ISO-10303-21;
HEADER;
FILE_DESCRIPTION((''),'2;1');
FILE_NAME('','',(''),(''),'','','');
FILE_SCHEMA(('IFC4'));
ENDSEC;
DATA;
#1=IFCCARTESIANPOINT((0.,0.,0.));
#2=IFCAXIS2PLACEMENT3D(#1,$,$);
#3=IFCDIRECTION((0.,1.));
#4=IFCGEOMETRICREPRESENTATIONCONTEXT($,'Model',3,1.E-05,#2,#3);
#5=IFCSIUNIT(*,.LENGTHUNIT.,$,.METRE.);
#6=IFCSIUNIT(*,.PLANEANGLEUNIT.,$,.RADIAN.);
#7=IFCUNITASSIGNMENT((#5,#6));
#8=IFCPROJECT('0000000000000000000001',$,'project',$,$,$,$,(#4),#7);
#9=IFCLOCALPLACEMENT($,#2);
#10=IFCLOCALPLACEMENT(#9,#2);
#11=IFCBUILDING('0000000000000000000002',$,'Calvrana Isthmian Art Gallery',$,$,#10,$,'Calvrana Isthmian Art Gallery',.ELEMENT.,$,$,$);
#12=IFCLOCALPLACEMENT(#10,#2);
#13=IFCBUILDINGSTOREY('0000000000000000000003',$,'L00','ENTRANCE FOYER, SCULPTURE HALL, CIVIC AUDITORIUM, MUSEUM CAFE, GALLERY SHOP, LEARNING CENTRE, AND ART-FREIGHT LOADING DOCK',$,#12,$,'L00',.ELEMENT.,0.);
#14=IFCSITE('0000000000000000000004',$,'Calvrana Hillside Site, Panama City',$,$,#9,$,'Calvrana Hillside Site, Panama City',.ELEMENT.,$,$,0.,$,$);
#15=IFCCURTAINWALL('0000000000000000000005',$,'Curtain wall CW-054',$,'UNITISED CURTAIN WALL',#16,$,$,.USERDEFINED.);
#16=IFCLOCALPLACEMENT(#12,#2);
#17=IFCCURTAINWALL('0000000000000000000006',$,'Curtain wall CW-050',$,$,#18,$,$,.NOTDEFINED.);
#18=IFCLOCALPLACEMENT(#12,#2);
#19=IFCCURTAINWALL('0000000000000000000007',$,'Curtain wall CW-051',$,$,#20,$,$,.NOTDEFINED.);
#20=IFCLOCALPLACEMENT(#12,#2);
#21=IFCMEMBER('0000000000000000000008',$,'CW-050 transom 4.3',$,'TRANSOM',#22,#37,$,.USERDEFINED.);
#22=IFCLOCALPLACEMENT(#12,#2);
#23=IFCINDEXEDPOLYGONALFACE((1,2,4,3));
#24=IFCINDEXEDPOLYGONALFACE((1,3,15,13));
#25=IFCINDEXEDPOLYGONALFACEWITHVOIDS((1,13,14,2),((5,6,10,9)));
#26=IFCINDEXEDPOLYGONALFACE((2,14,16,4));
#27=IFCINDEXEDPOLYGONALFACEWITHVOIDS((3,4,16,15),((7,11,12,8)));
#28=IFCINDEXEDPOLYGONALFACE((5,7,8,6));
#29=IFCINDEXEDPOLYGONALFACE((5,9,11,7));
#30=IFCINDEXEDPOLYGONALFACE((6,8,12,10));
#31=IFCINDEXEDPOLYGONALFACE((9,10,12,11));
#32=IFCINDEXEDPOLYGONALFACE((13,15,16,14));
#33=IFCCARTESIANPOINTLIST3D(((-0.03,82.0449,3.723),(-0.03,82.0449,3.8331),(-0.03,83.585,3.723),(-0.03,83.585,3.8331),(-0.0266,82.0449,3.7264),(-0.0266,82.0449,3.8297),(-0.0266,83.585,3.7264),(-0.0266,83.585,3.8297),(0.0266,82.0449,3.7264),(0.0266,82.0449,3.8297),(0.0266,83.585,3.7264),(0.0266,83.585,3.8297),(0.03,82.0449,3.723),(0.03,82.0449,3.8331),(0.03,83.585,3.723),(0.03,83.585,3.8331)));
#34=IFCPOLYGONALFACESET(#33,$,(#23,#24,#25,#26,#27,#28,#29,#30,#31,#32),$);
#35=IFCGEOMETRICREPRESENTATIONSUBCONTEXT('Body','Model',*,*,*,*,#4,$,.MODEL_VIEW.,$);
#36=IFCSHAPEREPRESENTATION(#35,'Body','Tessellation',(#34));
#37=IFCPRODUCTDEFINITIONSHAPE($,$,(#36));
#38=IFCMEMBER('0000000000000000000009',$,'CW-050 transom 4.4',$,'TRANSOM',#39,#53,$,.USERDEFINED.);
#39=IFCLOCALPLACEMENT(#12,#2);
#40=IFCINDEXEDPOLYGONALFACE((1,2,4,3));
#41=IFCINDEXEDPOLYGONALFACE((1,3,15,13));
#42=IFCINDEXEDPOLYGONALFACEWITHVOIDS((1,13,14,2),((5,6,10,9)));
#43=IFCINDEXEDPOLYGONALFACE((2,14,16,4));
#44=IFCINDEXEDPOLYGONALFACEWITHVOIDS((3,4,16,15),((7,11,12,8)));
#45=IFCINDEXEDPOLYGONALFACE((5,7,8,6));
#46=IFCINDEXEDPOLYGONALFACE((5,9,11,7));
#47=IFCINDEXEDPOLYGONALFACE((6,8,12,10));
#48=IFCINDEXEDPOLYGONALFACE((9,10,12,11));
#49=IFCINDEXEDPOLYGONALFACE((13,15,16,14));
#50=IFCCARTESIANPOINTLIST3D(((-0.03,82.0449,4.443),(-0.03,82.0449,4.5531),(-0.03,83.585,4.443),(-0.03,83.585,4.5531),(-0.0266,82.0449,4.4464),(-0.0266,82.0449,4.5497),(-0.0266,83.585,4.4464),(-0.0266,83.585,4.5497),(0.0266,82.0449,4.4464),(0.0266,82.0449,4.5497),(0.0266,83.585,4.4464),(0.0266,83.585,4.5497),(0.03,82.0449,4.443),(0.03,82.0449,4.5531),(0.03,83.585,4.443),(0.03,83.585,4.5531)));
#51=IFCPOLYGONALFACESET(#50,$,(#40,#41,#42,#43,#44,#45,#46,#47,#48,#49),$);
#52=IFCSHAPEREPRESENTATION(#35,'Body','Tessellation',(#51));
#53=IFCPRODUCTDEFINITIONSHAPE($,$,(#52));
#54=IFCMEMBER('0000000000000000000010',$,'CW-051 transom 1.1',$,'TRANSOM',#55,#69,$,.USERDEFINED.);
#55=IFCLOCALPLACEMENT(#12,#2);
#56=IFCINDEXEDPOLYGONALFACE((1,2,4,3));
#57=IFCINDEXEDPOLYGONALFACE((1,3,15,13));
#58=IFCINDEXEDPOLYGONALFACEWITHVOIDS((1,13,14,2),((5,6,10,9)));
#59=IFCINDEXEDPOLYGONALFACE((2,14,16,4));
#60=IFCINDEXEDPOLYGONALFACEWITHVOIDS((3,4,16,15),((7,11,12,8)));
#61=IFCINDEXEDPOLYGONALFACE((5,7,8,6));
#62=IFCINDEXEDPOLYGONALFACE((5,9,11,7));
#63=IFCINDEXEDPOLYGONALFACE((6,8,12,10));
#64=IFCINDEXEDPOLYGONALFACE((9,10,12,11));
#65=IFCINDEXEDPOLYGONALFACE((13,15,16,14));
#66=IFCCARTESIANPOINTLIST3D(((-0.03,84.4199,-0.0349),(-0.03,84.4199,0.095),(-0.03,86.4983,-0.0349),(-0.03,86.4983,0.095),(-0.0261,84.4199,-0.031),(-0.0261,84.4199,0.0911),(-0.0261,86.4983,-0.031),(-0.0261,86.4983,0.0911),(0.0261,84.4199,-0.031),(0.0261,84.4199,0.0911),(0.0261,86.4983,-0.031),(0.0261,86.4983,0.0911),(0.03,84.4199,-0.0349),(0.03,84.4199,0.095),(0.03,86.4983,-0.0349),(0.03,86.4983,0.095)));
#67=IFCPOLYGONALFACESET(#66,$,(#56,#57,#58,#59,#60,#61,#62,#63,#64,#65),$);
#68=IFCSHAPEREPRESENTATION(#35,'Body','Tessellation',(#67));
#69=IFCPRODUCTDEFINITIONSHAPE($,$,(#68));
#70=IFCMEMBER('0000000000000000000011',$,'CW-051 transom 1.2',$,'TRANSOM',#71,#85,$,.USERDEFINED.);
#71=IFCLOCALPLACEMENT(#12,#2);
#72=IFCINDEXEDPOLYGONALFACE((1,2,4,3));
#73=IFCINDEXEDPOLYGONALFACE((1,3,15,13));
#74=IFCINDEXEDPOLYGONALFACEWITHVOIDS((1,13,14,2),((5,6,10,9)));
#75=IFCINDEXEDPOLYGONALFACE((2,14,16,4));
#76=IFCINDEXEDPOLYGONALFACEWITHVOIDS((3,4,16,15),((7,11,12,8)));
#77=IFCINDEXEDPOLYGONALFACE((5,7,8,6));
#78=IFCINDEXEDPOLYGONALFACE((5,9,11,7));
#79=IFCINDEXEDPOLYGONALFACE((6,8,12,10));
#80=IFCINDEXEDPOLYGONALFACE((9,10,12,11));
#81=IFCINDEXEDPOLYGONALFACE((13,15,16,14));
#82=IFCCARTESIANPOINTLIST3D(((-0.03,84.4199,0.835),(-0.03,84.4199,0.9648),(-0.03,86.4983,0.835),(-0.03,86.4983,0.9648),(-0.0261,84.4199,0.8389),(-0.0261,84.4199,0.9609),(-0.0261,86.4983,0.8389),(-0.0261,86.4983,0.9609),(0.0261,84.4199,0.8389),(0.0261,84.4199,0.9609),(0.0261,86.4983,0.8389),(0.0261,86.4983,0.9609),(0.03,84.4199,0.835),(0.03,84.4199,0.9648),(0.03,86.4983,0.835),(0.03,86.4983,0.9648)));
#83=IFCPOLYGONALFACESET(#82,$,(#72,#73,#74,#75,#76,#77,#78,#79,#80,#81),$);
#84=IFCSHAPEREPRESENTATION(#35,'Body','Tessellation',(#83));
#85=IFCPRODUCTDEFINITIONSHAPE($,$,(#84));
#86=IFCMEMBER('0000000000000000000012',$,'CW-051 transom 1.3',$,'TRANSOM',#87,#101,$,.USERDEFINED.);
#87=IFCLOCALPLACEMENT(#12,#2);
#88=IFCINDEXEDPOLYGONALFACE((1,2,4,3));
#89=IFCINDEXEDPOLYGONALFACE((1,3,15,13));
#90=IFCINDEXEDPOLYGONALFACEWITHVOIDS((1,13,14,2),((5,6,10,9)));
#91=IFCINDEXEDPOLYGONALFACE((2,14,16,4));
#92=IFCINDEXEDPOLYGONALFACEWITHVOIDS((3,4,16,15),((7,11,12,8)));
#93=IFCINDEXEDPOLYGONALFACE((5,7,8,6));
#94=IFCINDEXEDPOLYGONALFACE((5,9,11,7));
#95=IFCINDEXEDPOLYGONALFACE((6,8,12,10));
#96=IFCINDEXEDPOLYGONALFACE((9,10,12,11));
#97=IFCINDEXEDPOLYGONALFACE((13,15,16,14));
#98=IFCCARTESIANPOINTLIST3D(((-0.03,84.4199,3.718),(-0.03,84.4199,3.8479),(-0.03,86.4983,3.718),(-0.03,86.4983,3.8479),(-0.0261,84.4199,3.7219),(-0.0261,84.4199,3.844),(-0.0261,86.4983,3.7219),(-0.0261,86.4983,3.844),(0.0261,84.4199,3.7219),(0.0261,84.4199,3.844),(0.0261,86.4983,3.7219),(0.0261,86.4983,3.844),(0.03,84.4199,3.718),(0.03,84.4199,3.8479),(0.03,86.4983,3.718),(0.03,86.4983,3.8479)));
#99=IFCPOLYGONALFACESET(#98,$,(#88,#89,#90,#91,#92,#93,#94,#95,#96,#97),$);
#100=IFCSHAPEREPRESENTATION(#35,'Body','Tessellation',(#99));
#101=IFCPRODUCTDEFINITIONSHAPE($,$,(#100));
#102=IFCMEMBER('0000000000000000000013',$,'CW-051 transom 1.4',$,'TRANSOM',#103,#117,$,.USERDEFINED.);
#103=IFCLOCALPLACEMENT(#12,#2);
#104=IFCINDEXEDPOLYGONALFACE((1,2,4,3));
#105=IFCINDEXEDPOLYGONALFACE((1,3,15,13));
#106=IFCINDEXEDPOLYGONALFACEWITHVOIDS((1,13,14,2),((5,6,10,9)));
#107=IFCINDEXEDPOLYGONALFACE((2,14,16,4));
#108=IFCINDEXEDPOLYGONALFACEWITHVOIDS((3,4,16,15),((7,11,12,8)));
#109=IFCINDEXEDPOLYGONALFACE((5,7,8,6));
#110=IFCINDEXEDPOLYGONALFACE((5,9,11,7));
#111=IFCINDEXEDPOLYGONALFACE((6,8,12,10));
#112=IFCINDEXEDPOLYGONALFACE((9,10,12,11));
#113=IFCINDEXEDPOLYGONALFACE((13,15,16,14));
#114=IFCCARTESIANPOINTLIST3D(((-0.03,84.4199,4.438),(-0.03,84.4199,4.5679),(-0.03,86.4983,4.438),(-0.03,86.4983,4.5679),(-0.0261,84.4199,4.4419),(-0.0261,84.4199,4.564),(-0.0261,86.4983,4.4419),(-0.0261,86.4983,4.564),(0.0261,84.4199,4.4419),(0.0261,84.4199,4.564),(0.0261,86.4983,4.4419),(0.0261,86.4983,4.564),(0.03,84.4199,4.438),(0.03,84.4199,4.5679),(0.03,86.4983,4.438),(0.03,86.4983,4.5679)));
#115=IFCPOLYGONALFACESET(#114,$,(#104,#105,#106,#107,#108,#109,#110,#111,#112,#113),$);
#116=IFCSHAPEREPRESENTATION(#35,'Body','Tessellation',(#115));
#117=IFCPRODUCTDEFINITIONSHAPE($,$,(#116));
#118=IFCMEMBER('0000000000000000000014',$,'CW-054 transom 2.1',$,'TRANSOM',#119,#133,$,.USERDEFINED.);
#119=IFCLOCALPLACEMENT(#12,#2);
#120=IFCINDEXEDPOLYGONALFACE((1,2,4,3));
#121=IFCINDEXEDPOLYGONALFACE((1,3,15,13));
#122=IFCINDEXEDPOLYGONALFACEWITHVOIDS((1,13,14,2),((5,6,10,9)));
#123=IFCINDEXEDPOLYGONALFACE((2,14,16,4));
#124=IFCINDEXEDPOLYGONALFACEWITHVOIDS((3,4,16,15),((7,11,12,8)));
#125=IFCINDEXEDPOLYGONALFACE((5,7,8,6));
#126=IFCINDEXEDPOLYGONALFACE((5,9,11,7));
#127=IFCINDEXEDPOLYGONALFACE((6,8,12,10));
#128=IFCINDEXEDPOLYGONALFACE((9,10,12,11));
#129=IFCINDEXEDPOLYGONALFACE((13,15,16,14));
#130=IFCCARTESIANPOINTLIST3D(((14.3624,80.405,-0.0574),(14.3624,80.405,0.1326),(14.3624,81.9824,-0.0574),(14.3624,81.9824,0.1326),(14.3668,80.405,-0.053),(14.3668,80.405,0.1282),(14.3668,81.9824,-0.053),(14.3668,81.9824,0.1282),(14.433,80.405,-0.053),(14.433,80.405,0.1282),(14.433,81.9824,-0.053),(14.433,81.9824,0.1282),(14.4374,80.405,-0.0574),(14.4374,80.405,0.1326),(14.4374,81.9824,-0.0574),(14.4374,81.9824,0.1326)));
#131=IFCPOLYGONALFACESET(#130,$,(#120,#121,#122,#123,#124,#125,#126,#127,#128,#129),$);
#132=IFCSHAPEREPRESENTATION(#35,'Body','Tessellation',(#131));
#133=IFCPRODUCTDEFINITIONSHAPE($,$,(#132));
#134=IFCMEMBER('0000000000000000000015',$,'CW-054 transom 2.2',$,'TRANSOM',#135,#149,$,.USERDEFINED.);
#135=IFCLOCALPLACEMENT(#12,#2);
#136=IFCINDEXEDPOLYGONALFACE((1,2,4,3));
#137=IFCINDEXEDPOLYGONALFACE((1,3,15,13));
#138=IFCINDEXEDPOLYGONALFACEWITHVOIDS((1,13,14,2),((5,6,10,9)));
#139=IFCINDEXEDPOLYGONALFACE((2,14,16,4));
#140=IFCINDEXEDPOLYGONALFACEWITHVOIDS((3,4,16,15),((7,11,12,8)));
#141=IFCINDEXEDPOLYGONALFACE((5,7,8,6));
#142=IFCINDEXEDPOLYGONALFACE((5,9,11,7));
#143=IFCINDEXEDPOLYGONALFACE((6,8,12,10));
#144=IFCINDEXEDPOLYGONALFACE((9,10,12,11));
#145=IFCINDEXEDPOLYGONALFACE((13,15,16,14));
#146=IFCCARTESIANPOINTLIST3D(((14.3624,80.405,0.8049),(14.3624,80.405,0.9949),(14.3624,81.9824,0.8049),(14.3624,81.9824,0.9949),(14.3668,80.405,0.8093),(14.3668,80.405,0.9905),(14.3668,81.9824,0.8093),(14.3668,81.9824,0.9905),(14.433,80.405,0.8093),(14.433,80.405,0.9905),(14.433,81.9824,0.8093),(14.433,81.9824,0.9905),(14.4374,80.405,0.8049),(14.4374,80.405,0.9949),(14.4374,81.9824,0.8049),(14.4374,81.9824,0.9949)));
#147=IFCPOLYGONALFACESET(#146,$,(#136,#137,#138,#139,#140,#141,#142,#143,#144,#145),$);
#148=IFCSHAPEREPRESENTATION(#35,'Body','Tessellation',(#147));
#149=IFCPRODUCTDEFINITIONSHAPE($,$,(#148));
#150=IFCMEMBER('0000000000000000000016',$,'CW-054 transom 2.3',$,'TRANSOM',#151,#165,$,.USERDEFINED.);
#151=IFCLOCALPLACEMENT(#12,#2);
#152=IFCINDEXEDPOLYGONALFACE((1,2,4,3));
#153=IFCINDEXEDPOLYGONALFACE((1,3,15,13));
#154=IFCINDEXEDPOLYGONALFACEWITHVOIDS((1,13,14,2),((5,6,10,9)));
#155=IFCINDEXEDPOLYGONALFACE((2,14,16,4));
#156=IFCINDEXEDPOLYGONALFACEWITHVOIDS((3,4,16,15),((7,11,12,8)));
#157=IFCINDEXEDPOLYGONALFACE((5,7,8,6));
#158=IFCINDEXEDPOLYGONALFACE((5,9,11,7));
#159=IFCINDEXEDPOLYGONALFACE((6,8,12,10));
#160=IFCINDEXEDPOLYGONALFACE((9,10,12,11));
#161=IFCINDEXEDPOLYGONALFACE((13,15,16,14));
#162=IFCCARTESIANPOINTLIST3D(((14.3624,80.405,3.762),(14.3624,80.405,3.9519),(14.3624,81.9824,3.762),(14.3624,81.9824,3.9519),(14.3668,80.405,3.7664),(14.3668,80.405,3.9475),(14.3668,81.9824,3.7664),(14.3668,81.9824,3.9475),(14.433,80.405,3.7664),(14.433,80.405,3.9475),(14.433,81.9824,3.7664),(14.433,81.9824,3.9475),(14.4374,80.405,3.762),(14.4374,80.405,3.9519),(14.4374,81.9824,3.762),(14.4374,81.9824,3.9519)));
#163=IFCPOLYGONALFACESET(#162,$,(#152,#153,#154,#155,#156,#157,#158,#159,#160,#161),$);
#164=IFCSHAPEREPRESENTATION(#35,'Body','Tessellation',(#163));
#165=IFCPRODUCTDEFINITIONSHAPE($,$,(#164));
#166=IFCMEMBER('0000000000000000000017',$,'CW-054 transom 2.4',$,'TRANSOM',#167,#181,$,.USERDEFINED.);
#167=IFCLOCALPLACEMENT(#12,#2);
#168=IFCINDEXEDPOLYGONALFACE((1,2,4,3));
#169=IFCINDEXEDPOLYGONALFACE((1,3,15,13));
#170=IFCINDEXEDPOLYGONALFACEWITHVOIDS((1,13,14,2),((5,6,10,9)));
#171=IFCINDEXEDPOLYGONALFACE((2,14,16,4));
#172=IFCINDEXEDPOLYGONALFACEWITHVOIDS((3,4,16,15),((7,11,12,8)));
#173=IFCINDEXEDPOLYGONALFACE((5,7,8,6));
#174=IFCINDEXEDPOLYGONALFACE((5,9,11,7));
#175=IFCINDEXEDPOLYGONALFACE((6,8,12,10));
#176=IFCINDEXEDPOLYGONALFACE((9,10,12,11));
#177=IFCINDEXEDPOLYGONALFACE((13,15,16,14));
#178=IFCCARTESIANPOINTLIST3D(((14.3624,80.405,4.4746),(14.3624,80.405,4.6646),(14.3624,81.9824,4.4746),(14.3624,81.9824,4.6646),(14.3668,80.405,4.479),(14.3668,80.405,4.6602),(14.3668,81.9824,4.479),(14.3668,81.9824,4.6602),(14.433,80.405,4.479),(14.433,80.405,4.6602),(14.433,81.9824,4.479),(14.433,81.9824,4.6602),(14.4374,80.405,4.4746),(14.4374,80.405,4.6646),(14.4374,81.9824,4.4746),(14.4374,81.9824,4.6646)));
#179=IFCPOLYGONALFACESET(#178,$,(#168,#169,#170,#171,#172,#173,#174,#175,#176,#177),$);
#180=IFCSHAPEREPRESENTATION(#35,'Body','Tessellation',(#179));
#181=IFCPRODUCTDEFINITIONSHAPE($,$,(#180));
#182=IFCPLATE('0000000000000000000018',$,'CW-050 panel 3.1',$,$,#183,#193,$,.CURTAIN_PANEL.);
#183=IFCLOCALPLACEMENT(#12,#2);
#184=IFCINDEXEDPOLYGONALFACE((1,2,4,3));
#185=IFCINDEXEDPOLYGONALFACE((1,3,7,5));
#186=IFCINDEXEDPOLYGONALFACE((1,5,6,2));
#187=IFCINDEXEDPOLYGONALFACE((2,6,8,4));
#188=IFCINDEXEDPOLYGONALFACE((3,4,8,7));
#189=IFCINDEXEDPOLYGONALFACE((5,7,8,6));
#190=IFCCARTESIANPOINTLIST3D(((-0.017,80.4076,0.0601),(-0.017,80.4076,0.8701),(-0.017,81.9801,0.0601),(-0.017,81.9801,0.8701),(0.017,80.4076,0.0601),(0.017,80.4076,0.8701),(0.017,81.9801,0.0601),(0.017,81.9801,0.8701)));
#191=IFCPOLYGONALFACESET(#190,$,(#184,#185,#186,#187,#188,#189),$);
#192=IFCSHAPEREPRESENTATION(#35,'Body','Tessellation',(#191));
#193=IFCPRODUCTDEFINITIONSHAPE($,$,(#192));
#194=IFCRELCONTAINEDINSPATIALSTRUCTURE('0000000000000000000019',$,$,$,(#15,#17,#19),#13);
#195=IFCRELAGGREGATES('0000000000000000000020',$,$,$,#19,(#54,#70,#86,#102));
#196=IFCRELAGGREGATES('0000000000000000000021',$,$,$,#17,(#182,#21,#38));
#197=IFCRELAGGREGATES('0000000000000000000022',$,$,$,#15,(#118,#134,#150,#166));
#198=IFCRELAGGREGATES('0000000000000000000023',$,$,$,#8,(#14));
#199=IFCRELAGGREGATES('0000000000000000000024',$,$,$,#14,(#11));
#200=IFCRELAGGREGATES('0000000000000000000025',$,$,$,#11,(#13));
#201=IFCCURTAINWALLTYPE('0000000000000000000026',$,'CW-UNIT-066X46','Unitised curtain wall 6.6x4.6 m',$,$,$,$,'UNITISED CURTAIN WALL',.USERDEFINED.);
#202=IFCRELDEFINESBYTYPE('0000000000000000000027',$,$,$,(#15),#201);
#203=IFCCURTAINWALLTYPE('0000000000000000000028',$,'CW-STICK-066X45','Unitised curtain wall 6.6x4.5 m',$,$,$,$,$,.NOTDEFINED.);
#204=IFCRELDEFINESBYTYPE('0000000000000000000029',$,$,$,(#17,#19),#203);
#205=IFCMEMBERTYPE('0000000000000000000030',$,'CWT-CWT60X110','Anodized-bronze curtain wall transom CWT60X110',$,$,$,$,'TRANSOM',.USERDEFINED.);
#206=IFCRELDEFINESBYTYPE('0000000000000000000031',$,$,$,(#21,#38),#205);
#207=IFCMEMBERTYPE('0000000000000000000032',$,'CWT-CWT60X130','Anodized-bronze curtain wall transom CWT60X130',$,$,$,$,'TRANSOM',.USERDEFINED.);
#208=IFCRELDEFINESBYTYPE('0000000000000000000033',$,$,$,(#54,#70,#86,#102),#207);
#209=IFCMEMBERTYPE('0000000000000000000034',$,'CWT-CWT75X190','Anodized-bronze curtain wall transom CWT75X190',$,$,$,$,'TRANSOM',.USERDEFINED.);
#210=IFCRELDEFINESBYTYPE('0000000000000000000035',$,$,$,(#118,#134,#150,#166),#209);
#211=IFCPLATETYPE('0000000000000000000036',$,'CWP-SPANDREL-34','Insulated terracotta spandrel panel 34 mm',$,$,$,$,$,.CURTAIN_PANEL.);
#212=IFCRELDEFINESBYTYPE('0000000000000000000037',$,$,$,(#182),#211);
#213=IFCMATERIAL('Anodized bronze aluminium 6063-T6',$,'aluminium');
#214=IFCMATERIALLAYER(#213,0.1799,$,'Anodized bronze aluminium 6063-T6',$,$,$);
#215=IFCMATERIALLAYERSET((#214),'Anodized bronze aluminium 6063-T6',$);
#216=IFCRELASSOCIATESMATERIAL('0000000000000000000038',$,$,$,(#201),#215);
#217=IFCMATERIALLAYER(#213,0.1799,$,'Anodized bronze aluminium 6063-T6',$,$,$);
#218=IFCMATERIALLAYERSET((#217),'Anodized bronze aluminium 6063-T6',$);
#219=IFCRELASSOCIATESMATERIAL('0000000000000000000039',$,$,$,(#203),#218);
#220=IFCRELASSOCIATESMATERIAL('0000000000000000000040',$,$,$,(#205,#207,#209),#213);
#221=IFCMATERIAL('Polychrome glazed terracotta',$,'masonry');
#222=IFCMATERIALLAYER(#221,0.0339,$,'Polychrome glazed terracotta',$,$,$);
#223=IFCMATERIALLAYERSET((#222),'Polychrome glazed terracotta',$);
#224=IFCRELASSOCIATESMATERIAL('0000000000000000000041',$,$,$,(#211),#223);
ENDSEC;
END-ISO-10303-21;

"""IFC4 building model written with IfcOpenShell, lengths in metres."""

from ifc_helpers import new_model, si_unit, direction, frame, origin, origin_2d, place, context, subcontext, project, spatial, rectangle, hollow_rectangle, extrude, material, layer, layer_set, material_profile, profile_set, type_object, element, aggregate, save


model = new_model("IFC4")

# Units and contexts
model_context = context("Model", 3, precision=1e-05, world=origin(), true_north=direction((0.0, 1.0)))
body_context = subcontext(model_context, "Body", "Model", "MODEL_VIEW")
ifc_project = project(units=[si_unit("LENGTHUNIT", "METRE"), si_unit("PLANEANGLEUNIT", "RADIAN")], contexts=[model_context])

# Site, building, storey
site_placement = place(None, origin())
site = spatial("IfcSite", under=ifc_project, at=site_placement, Name="Calvrana Hillside Site, Panama City", LongName="Calvrana Hillside Site, Panama City", CompositionType="ELEMENT", RefElevation=0.0)
building_placement = place(site_placement, origin())
building = spatial("IfcBuilding", under=site, at=building_placement, Name="Calvrana Isthmian Art Gallery", LongName="Calvrana Isthmian Art Gallery", CompositionType="ELEMENT")
storey_placement = place(building_placement, origin())
storey = spatial("IfcBuildingStorey", under=building, at=storey_placement, Name="L00", Description="ENTRANCE FOYER, SCULPTURE HALL, CIVIC AUDITORIUM, MUSEUM CAFE, GALLERY SHOP, LEARNING CENTRE, AND ART-FREIGHT LOADING DOCK", LongName="L00", CompositionType="ELEMENT", Elevation=0.0)

# Curtain wall
ifc_material_1 = material(Name="Anodized bronze aluminium 6063-T6", Category="aluminium")
ifc_layer_1 = layer(ifc_material_1, 0.1799, Name="Anodized bronze aluminium 6063-T6")
ifc_layer_set_1 = layer_set([ifc_layer_1], Name="Anodized bronze aluminium 6063-T6")
curtain_wall_type_1 = type_object("IfcCurtainWallType", Name="CW-UNIT-066X46", Description="Unitised curtain wall 6.6x4.6 m", ElementType="UNITISED CURTAIN WALL", PredefinedType="USERDEFINED", material=ifc_layer_set_1)
curtain_wall_1_placement = place(storey_placement, origin())
curtain_wall_1 = element("IfcCurtainWall", 1, at=curtain_wall_1_placement, inside=storey, type_object=curtain_wall_type_1, Name="Curtain wall CW-054", ObjectType="UNITISED CURTAIN WALL", PredefinedType="USERDEFINED")

# Curtain wall
ifc_layer_2 = layer(ifc_material_1, 0.1799, Name="Anodized bronze aluminium 6063-T6")
ifc_layer_set_2 = layer_set([ifc_layer_2], Name="Anodized bronze aluminium 6063-T6")
curtain_wall_type_2 = type_object("IfcCurtainWallType", Name="CW-STICK-066X45", Description="Unitised curtain wall 6.6x4.5 m", PredefinedType="NOTDEFINED", material=ifc_layer_set_2)
curtain_wall_2_placement = place(storey_placement, origin())
curtain_wall_2 = element("IfcCurtainWall", 2, at=curtain_wall_2_placement, inside=storey, type_object=curtain_wall_type_2, Name="Curtain wall CW-050", PredefinedType="NOTDEFINED")

# Curtain wall
curtain_wall_3_placement = place(storey_placement, origin())
curtain_wall_3 = element("IfcCurtainWall", 3, at=curtain_wall_3_placement, inside=storey, type_object=curtain_wall_type_2, Name="Curtain wall CW-051", PredefinedType="NOTDEFINED")

# Members
ifc_material_profile_1 = material_profile(ifc_material_1, hollow_rectangle(XDim=0.0601, YDim=0.1101, WallThickness=0.0034, at=origin_2d()), Name="CWT60X110")
ifc_profile_set_1 = profile_set([ifc_material_profile_1], Name="Anodized bronze aluminium 6063-T6")
member_type_1 = type_object("IfcMemberType", Name="CWT-CWT60X110", Description="Anodized-bronze curtain wall transom CWT60X110", ElementType="TRANSOM", PredefinedType="USERDEFINED", material=ifc_profile_set_1)
member_1_placement = place(storey_placement, frame((0.0, 82.0449, 3.7781), z_axis=(0.0, 1.0, 0.0), x_axis=(-1.0, 0.0, 0.0)))
member_1 = element("IfcMember", 4, at=member_1_placement, type_object=member_type_1, Name="CW-050 transom 4.3", ObjectType="TRANSOM", PredefinedType="USERDEFINED", context=body_context, shape_type="SweptSolid", body=[
    extrude(hollow_rectangle(XDim=0.0601, YDim=0.1101, WallThickness=0.0034, at=origin_2d()), origin(), (0.0, 0.0, 1.0), 1.54),
])
member_2_placement = place(storey_placement, frame((0.0, 82.0449, 4.498), z_axis=(0.0, 1.0, 0.0), x_axis=(-1.0, 0.0, 0.0)))
member_2 = element("IfcMember", 5, at=member_2_placement, type_object=member_type_1, Name="CW-050 transom 4.4", ObjectType="TRANSOM", PredefinedType="USERDEFINED", context=body_context, shape_type="SweptSolid", body=[
    extrude(hollow_rectangle(XDim=0.0601, YDim=0.1101, WallThickness=0.0034, at=origin_2d()), origin(), (0.0, 0.0, 1.0), 1.54),
])
ifc_material_profile_2 = material_profile(ifc_material_1, hollow_rectangle(XDim=0.0601, YDim=0.1299, WallThickness=0.0039, at=origin_2d()), Name="CWT60X130")
ifc_profile_set_2 = profile_set([ifc_material_profile_2], Name="Anodized bronze aluminium 6063-T6")
member_type_2 = type_object("IfcMemberType", Name="CWT-CWT60X130", Description="Anodized-bronze curtain wall transom CWT60X130", ElementType="TRANSOM", PredefinedType="USERDEFINED", material=ifc_profile_set_2)
member_3_placement = place(storey_placement, frame((0.0, 84.4199, 0.03), z_axis=(0.0, 1.0, 0.0), x_axis=(-1.0, 0.0, 0.0)))
member_3 = element("IfcMember", 6, at=member_3_placement, type_object=member_type_2, Name="CW-051 transom 1.1", ObjectType="TRANSOM", PredefinedType="USERDEFINED", context=body_context, shape_type="SweptSolid", body=[
    extrude(hollow_rectangle(XDim=0.0601, YDim=0.1299, WallThickness=0.0039, at=origin_2d()), origin(), (0.0, 0.0, 1.0), 2.0784),
])
member_4_placement = place(storey_placement, frame((0.0, 84.4199, 0.8999), z_axis=(0.0, 1.0, 0.0), x_axis=(-1.0, 0.0, 0.0)))
member_4 = element("IfcMember", 7, at=member_4_placement, type_object=member_type_2, Name="CW-051 transom 1.2", ObjectType="TRANSOM", PredefinedType="USERDEFINED", context=body_context, shape_type="SweptSolid", body=[
    extrude(hollow_rectangle(XDim=0.0601, YDim=0.1299, WallThickness=0.0039, at=origin_2d()), origin(), (0.0, 0.0, 1.0), 2.0784),
])
member_5_placement = place(storey_placement, frame((0.0, 84.4199, 3.783), z_axis=(0.0, 1.0, 0.0), x_axis=(-1.0, 0.0, 0.0)))
member_5 = element("IfcMember", 8, at=member_5_placement, type_object=member_type_2, Name="CW-051 transom 1.3", ObjectType="TRANSOM", PredefinedType="USERDEFINED", context=body_context, shape_type="SweptSolid", body=[
    extrude(hollow_rectangle(XDim=0.0601, YDim=0.1299, WallThickness=0.0039, at=origin_2d()), origin(), (0.0, 0.0, 1.0), 2.0784),
])
member_6_placement = place(storey_placement, frame((0.0, 84.4199, 4.5029), z_axis=(0.0, 1.0, 0.0), x_axis=(-1.0, 0.0, 0.0)))
member_6 = element("IfcMember", 9, at=member_6_placement, type_object=member_type_2, Name="CW-051 transom 1.4", ObjectType="TRANSOM", PredefinedType="USERDEFINED", context=body_context, shape_type="SweptSolid", body=[
    extrude(hollow_rectangle(XDim=0.0601, YDim=0.1299, WallThickness=0.0039, at=origin_2d()), origin(), (0.0, 0.0, 1.0), 2.0784),
])
aggregate(curtain_wall_3, [member_3, member_4, member_5, member_6])
ifc_material_profile_3 = material_profile(ifc_material_1, hollow_rectangle(XDim=0.075, YDim=0.1899, WallThickness=0.0044, at=origin_2d()), Name="CWT75X190")
ifc_profile_set_3 = profile_set([ifc_material_profile_3], Name="Anodized bronze aluminium 6063-T6")
member_type_3 = type_object("IfcMemberType", Name="CWT-CWT75X190", Description="Anodized-bronze curtain wall transom CWT75X190", ElementType="TRANSOM", PredefinedType="USERDEFINED", material=ifc_profile_set_3)
member_7_placement = place(storey_placement, frame((14.3999, 81.9824, 0.0376), z_axis=(0.0, -1.0, 0.0), x_axis=(1.0, 0.0, 0.0)))
member_7 = element("IfcMember", 10, at=member_7_placement, type_object=member_type_3, Name="CW-054 transom 2.1", ObjectType="TRANSOM", PredefinedType="USERDEFINED", context=body_context, shape_type="SweptSolid", body=[
    extrude(hollow_rectangle(XDim=0.075, YDim=0.1899, WallThickness=0.0044, at=origin_2d()), origin(), (0.0, 0.0, 1.0), 1.5774),
])
member_8_placement = place(storey_placement, frame((14.3999, 81.9824, 0.8999), z_axis=(0.0, -1.0, 0.0), x_axis=(1.0, 0.0, 0.0)))
member_8 = element("IfcMember", 11, at=member_8_placement, type_object=member_type_3, Name="CW-054 transom 2.2", ObjectType="TRANSOM", PredefinedType="USERDEFINED", context=body_context, shape_type="SweptSolid", body=[
    extrude(hollow_rectangle(XDim=0.075, YDim=0.1899, WallThickness=0.0044, at=origin_2d()), origin(), (0.0, 0.0, 1.0), 1.5774),
])
member_9_placement = place(storey_placement, frame((14.3999, 81.9824, 3.8569), z_axis=(0.0, -1.0, 0.0), x_axis=(1.0, 0.0, 0.0)))
member_9 = element("IfcMember", 12, at=member_9_placement, type_object=member_type_3, Name="CW-054 transom 2.3", ObjectType="TRANSOM", PredefinedType="USERDEFINED", context=body_context, shape_type="SweptSolid", body=[
    extrude(hollow_rectangle(XDim=0.075, YDim=0.1899, WallThickness=0.0044, at=origin_2d()), origin(), (0.0, 0.0, 1.0), 1.5774),
])
member_10_placement = place(storey_placement, frame((14.3999, 81.9824, 4.5696), z_axis=(0.0, -1.0, 0.0), x_axis=(1.0, 0.0, 0.0)))
member_10 = element("IfcMember", 13, at=member_10_placement, type_object=member_type_3, Name="CW-054 transom 2.4", ObjectType="TRANSOM", PredefinedType="USERDEFINED", context=body_context, shape_type="SweptSolid", body=[
    extrude(hollow_rectangle(XDim=0.075, YDim=0.1899, WallThickness=0.0044, at=origin_2d()), origin(), (0.0, 0.0, 1.0), 1.5774),
])

# Plate
ifc_material_2 = material(Name="Polychrome glazed terracotta", Category="masonry")
ifc_layer_3 = layer(ifc_material_2, 0.0339, Name="Polychrome glazed terracotta")
ifc_layer_set_3 = layer_set([ifc_layer_3], Name="Polychrome glazed terracotta")
plate_type_1 = type_object("IfcPlateType", Name="CWP-SPANDREL-34", Description="Insulated terracotta spandrel panel 34 mm", PredefinedType="CURTAIN_PANEL", material=ifc_layer_set_3)
plate_1_placement = place(storey_placement, frame((0.0, 81.1938, 0.0601), z_axis=(0.0, 0.0, 1.0), x_axis=(0.0, 1.0, 0.0)))
plate_1 = element("IfcPlate", 14, at=plate_1_placement, type_object=plate_type_1, Name="CW-050 panel 3.1", PredefinedType="CURTAIN_PANEL", context=body_context, shape_type="SweptSolid", body=[
    extrude(rectangle(XDim=1.5725, YDim=0.0339, at=origin_2d()), origin(), (0.0, 0.0, 1.0), 0.8101),
])
aggregate(curtain_wall_2, [plate_1, member_1, member_2])
aggregate(curtain_wall_1, [member_7, member_8, member_9, member_10])

save(model, "model.ifc")
